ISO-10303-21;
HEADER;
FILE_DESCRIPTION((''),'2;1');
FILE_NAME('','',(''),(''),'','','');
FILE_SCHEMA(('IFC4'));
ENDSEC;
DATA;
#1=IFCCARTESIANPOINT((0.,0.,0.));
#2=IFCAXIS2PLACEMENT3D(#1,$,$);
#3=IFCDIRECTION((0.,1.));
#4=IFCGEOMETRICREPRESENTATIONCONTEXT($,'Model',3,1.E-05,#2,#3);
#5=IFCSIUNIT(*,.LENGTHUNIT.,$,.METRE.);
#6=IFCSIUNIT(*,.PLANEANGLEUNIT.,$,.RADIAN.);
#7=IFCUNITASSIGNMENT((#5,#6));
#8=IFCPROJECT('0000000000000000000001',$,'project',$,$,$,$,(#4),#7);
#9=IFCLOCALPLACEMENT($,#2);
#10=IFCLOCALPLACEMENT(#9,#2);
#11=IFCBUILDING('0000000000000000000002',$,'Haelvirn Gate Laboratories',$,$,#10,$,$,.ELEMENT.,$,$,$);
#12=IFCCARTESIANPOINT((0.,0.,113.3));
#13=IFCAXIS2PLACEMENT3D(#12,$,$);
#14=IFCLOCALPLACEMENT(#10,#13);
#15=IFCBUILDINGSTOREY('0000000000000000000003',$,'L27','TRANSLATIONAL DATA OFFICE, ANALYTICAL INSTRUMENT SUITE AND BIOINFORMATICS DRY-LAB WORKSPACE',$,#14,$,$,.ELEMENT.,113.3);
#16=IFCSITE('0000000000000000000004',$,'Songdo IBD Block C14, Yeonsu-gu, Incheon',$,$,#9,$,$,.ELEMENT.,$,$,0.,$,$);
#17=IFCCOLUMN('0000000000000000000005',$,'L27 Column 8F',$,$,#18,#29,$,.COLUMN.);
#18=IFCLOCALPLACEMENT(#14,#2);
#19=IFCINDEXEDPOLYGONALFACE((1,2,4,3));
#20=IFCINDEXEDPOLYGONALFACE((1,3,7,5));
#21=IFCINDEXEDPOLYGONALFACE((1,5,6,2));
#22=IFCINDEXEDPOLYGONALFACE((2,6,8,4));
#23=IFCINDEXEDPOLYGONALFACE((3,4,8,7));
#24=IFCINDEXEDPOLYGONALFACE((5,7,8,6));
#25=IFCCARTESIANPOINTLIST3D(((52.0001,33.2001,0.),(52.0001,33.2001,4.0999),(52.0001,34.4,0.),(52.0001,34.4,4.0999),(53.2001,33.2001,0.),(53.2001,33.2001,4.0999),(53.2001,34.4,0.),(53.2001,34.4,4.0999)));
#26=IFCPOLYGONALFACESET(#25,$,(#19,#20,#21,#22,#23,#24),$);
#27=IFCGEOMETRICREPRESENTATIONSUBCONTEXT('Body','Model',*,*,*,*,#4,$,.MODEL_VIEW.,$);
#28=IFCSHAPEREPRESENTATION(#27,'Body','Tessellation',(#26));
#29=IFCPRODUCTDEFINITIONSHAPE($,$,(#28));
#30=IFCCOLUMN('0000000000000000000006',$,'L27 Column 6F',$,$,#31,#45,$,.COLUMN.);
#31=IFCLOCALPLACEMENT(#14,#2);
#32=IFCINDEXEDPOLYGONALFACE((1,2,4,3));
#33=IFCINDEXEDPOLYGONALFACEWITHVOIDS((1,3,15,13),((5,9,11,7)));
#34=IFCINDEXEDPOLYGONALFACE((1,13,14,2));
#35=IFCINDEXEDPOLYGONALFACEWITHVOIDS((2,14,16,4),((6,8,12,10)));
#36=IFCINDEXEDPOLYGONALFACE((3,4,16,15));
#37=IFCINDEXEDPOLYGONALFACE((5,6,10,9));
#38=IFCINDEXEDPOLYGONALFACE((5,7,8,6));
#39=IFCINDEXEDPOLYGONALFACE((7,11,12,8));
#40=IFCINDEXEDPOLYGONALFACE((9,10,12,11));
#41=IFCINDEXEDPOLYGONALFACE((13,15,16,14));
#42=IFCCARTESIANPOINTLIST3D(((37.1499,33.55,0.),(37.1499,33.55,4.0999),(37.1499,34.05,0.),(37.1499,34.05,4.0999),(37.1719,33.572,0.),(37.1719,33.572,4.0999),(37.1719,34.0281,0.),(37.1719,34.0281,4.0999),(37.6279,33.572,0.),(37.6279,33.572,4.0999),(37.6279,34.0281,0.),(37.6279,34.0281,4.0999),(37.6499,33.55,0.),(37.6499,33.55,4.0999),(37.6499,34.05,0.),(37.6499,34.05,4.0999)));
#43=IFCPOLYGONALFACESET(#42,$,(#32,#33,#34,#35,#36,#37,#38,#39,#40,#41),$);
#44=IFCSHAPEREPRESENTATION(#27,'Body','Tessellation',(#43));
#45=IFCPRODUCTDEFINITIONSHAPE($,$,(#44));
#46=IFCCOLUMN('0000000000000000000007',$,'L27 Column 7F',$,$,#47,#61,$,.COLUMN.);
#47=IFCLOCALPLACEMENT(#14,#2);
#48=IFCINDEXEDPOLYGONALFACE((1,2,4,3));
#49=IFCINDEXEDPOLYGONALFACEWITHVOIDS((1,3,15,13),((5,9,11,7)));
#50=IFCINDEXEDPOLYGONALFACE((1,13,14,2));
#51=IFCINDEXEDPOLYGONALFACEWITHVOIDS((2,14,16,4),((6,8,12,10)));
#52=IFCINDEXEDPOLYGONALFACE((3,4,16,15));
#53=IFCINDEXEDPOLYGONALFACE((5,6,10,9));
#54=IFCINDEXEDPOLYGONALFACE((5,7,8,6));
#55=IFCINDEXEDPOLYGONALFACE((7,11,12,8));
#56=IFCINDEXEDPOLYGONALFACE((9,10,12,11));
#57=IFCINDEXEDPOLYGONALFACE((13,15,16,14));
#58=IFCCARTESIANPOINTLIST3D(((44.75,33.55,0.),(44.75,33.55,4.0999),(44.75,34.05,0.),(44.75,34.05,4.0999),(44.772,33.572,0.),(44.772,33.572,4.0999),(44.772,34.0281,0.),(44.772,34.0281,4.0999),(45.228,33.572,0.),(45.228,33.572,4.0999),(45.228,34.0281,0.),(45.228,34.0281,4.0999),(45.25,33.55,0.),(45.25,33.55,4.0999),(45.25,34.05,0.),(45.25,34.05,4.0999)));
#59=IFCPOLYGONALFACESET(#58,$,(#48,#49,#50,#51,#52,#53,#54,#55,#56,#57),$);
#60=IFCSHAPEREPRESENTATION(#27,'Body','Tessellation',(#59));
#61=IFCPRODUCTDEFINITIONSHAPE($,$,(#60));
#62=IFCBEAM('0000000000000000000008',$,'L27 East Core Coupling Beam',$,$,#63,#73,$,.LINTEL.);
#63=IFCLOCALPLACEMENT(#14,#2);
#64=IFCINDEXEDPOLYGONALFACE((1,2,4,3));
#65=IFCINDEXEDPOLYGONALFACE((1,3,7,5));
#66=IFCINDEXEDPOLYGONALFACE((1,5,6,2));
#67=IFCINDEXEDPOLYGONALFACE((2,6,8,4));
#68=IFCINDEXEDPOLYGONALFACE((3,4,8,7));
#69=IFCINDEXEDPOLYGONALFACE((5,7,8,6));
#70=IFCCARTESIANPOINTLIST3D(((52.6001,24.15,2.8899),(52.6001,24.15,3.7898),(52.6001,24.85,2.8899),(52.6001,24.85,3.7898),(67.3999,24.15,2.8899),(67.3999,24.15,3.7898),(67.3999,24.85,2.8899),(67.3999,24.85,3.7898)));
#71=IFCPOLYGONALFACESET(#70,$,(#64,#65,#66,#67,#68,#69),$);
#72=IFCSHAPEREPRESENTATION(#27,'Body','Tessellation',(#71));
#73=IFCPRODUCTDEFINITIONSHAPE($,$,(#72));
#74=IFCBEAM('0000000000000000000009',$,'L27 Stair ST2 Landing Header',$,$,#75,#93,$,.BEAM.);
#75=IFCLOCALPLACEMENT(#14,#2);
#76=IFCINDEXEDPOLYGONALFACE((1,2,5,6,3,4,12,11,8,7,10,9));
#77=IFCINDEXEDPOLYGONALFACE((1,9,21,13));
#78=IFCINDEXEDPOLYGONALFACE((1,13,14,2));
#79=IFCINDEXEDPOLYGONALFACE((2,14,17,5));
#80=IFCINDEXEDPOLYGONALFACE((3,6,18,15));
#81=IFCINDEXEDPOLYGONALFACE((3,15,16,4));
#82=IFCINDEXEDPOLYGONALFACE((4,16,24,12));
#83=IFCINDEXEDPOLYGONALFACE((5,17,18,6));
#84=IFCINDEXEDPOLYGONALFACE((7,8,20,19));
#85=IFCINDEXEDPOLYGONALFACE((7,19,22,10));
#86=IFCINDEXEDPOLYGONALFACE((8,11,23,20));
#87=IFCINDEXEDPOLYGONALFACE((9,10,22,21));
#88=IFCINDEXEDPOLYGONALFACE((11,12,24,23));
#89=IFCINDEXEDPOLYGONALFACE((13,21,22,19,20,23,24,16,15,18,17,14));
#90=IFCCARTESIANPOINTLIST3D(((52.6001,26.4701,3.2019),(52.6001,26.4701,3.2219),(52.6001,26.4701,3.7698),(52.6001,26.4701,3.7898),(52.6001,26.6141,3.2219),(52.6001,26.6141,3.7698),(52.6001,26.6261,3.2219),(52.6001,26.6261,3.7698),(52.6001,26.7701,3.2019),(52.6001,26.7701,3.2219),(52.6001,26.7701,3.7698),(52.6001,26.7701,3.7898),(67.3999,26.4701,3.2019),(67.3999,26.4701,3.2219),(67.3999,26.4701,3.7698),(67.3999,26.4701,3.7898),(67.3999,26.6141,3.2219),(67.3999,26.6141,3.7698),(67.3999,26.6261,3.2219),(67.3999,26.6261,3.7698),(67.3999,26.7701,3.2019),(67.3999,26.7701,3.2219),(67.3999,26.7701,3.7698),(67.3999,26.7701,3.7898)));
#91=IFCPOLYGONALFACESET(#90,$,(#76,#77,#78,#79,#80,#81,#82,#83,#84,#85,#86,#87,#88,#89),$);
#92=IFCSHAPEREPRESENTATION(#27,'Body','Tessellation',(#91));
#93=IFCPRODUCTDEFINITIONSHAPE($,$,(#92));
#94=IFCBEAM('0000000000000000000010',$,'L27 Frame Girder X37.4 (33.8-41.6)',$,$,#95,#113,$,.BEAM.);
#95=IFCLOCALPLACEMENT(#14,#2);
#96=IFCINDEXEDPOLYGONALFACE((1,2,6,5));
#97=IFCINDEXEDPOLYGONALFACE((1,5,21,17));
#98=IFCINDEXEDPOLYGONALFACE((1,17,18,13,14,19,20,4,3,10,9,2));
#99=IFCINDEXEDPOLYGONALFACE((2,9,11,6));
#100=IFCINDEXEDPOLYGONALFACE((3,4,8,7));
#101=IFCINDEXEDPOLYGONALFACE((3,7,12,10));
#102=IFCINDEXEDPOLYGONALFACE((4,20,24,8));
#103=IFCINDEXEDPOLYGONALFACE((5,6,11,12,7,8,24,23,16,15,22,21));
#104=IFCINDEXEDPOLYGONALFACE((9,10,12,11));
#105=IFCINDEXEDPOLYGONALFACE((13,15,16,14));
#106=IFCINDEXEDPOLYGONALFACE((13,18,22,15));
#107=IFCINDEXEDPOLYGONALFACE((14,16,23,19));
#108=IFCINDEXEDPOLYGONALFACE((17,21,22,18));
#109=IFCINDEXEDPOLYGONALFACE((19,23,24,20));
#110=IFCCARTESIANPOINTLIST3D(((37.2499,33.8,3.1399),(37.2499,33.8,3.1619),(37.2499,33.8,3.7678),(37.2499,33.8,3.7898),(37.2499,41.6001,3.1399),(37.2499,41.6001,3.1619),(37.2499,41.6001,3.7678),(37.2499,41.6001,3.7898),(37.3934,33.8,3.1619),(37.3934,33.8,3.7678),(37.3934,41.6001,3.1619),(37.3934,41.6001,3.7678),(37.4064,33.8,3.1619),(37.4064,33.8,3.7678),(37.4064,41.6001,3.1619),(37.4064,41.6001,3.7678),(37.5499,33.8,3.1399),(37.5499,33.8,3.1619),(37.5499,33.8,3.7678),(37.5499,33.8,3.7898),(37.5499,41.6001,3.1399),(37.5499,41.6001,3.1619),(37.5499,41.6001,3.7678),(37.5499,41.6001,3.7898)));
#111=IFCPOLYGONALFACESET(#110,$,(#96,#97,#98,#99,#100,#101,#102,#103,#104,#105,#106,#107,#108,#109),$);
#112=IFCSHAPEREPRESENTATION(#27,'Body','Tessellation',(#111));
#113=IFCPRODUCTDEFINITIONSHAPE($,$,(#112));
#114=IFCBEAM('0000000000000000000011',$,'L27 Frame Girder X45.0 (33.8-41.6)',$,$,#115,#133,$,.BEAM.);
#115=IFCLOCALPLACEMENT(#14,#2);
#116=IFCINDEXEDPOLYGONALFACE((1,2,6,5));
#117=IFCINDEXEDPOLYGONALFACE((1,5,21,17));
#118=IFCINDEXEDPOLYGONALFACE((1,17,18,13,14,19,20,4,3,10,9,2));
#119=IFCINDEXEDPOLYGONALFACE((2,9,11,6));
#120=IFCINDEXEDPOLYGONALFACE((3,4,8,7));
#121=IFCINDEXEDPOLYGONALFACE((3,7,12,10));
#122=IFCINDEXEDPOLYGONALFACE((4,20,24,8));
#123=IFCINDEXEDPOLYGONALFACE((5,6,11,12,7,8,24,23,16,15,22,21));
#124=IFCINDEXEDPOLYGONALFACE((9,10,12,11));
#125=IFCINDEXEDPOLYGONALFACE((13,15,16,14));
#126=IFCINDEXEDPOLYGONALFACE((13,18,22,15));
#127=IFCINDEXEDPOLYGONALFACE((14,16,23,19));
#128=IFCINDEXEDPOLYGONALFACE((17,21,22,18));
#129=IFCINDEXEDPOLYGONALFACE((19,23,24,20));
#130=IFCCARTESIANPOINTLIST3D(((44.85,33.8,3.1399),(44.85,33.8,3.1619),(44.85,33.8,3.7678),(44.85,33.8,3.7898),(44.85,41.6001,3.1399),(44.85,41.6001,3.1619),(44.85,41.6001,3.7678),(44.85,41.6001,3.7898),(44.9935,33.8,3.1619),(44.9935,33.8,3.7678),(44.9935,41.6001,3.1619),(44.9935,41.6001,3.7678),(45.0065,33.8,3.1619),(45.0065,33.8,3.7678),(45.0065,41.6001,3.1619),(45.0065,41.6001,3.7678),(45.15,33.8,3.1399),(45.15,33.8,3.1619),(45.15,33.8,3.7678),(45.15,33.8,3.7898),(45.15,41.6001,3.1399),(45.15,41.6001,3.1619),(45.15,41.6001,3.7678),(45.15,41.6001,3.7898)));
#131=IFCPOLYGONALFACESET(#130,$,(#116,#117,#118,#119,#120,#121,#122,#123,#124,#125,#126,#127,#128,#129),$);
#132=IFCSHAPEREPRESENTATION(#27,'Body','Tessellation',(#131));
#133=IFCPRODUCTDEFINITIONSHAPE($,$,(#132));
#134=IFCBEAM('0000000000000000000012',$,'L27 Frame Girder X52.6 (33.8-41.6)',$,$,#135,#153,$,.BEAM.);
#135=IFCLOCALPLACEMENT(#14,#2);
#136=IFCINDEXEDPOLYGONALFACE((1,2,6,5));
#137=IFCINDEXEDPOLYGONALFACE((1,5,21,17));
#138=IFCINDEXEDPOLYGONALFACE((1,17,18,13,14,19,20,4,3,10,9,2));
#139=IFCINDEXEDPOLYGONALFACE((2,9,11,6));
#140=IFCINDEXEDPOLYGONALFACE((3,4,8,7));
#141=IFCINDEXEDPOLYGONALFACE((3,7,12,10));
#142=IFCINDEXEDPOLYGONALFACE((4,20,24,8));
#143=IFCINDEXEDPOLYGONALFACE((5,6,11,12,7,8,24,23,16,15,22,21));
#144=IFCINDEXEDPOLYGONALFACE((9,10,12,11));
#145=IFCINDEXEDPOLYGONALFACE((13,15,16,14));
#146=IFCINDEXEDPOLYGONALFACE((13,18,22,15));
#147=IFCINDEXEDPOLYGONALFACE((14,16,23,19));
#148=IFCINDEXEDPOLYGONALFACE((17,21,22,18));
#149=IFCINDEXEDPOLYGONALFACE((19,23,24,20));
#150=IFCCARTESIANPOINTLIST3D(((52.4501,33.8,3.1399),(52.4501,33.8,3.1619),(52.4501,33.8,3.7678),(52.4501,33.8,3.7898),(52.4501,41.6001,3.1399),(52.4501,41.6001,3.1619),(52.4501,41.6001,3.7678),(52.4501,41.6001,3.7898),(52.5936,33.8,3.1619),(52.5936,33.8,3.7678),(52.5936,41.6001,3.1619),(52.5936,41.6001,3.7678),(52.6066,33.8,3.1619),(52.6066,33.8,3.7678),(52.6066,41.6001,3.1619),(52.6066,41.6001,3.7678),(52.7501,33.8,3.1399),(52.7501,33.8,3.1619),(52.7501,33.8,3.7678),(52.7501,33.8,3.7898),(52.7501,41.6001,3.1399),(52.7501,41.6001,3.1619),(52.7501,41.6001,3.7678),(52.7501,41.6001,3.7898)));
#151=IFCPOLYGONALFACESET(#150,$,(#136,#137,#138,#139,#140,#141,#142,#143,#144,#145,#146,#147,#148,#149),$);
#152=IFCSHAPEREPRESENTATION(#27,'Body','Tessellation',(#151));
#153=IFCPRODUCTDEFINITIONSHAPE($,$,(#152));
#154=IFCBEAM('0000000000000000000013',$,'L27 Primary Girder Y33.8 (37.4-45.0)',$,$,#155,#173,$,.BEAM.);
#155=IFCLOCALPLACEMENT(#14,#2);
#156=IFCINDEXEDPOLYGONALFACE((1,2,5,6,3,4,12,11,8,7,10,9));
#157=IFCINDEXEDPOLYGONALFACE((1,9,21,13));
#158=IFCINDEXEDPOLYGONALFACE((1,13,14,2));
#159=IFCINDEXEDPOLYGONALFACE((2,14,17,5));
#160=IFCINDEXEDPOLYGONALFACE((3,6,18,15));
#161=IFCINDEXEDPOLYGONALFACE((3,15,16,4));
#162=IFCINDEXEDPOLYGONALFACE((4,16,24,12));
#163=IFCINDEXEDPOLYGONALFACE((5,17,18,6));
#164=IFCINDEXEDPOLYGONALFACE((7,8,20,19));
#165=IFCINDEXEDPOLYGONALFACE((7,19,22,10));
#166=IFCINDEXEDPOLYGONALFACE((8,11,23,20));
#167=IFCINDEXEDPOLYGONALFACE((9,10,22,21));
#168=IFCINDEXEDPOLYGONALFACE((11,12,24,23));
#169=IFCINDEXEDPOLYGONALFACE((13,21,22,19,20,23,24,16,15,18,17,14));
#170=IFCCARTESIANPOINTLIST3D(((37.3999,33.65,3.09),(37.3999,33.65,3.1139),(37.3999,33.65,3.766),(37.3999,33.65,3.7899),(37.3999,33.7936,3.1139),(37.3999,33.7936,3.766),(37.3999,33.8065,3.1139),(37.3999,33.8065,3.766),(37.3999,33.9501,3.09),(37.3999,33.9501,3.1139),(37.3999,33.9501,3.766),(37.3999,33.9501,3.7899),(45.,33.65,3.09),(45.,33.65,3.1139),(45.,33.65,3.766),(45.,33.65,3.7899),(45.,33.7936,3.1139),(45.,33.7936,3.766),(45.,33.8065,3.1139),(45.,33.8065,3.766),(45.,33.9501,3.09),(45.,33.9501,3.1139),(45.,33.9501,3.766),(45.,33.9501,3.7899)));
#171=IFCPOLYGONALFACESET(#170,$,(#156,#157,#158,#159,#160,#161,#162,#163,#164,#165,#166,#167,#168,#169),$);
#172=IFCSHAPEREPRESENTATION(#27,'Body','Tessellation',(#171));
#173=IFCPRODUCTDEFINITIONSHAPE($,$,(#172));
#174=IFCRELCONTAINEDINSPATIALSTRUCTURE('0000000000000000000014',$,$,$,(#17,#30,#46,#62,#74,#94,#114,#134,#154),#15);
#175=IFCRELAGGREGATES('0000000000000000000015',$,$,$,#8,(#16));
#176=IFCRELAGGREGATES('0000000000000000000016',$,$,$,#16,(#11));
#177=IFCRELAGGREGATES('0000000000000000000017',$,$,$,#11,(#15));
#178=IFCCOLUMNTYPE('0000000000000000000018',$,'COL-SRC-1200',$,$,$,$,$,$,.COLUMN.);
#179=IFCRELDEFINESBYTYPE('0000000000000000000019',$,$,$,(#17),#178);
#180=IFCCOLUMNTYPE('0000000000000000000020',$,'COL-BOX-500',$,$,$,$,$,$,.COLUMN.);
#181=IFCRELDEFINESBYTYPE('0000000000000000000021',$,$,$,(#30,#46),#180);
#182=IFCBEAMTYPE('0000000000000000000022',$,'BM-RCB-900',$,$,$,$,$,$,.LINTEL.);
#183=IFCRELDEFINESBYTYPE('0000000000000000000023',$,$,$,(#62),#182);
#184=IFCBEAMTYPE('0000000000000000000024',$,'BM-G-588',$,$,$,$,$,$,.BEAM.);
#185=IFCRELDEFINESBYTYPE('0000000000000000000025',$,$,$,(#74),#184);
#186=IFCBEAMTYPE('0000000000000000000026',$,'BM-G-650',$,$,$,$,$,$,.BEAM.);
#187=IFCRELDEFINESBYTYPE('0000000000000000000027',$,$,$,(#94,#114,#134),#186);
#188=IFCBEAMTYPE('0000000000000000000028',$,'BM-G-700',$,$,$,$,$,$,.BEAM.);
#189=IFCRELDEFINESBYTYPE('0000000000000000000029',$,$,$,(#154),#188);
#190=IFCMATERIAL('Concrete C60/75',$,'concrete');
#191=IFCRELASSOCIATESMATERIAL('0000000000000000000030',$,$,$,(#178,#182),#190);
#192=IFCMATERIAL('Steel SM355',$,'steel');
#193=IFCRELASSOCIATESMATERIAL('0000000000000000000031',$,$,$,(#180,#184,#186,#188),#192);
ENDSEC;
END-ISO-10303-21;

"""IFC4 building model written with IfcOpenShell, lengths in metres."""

from ifc_helpers import new_model, si_unit, direction, frame, origin, origin_2d, place, context, subcontext, project, spatial, rectangle, hollow_rectangle, i_section, extrude, source, transform, mapped, material, material_profile, profile_set, type_object, type_shapes, element, save


model = new_model("IFC4")

# Units and contexts
model_context = context("Model", 3, precision=1e-05, world=origin(), true_north=direction((0.0, 1.0)))
body_context = subcontext(model_context, "Body", "Model", "MODEL_VIEW")
ifc_project = project(units=[si_unit("LENGTHUNIT", "METRE"), si_unit("PLANEANGLEUNIT", "RADIAN")], contexts=[model_context])

# Site, building, storey
site_placement = place(None, origin())
site = spatial("IfcSite", under=ifc_project, at=site_placement, Name="Songdo IBD Block C14, Yeonsu-gu, Incheon", CompositionType="ELEMENT", RefElevation=0.0)
building_placement = place(site_placement, origin())
building = spatial("IfcBuilding", under=site, at=building_placement, Name="Haelvirn Gate Laboratories", CompositionType="ELEMENT")
storey_placement = place(building_placement, frame((0.0, 0.0, 113.3)))
storey = spatial("IfcBuildingStorey", under=building, at=storey_placement, Name="L27", Description="TRANSLATIONAL DATA OFFICE, ANALYTICAL INSTRUMENT SUITE AND BIOINFORMATICS DRY-LAB WORKSPACE", CompositionType="ELEMENT", Elevation=113.3)

# Columns
ifc_material_1 = material(Name="Concrete C60/75", Category="concrete")
ifc_material_profile_1 = material_profile(ifc_material_1, rectangle(XDim=1.2, YDim=1.2, at=origin_2d()), Name="SRC-1200x1200")
ifc_profile_set_1 = profile_set([ifc_material_profile_1], Name="Concrete C60/75")
column_type_1 = type_object("IfcColumnType", Name="COL-SRC-1200", PredefinedType="COLUMN", material=ifc_profile_set_1)
shared_shape_1 = source(origin(), body_context, "Body", "SweptSolid", [
    extrude(rectangle(XDim=1.2, YDim=1.2, at=origin_2d()), origin(), (0.0, 0.0, 1.0), 4.0999),
])
type_shapes(column_type_1, [shared_shape_1])
column_placement = place(storey_placement, frame((52.6001, 33.8, 0.0), z_axis=(0.0, 0.0, 1.0), x_axis=(1.0, 0.0, 0.0)))
element("IfcColumn", 1, at=column_placement, inside=storey, type_object=column_type_1, Name="L27 Column 8F", PredefinedType="COLUMN", context=body_context, shape_type="MappedRepresentation", body=[
    mapped(shared_shape_1, transform((0.0, 0.0, 0.0), scale=1.0)),
])
ifc_material_2 = material(Name="Steel SM355", Category="steel")
ifc_material_profile_2 = material_profile(ifc_material_2, hollow_rectangle(XDim=0.5, YDim=0.5, WallThickness=0.022, at=origin_2d()), Name="BOX-500x500x22")
ifc_profile_set_2 = profile_set([ifc_material_profile_2], Name="Steel SM355")
column_type_2 = type_object("IfcColumnType", Name="COL-BOX-500", PredefinedType="COLUMN", material=ifc_profile_set_2)
shared_shape_2 = source(origin(), body_context, "Body", "SweptSolid", [
    extrude(hollow_rectangle(XDim=0.5, YDim=0.5, WallThickness=0.022, at=origin_2d()), origin(), (0.0, 0.0, 1.0), 4.0999),
])
type_shapes(column_type_2, [shared_shape_2])
for number, where, z_axis, x_axis, name in (
    (2, (37.3999, 33.8, 0.0), (0.0, 0.0, 1.0), (1.0, 0.0, 0.0), "L27 Column 6F"),
    (3, (45.0, 33.8, 0.0), (0.0, 0.0, 1.0), (1.0, 0.0, 0.0), "L27 Column 7F"),
):
    element("IfcColumn", number, at=place(storey_placement, frame(where, z_axis=z_axis, x_axis=x_axis)), inside=storey, type_object=column_type_2, Name=name, PredefinedType="COLUMN", context=body_context, shape_type="MappedRepresentation", body=[
        mapped(shared_shape_2, transform((0.0, 0.0, 0.0), scale=1.0)),
    ])

# Beams
ifc_material_profile_3 = material_profile(ifc_material_1, rectangle(XDim=0.7, YDim=0.8999, at=origin_2d()), Name="RCB-700x900")
ifc_profile_set_3 = profile_set([ifc_material_profile_3], Name="Concrete C60/75")
beam_type_1 = type_object("IfcBeamType", Name="BM-RCB-900", PredefinedType="LINTEL", material=ifc_profile_set_3)
shared_shape_3 = source(origin(), body_context, "Body", "SweptSolid", [
    extrude(rectangle(XDim=0.7, YDim=0.8999, at=origin_2d()), origin(), (0.0, 0.0, 1.0), 14.7998),
])
type_shapes(beam_type_1, [shared_shape_3])
beam_1_placement = place(storey_placement, frame((52.6001, 24.5, 3.3398), z_axis=(1.0, 0.0, 0.0), x_axis=(0.0, 1.0, 0.0)))
element("IfcBeam", 4, at=beam_1_placement, inside=storey, type_object=beam_type_1, Name="L27 East Core Coupling Beam", PredefinedType="LINTEL", context=body_context, shape_type="MappedRepresentation", body=[
    mapped(shared_shape_3, transform((0.0, 0.0, 0.0), scale=1.0)),
])
ifc_material_profile_4 = material_profile(ifc_material_2, i_section(OverallWidth=0.3, OverallDepth=0.5879, WebThickness=0.012, FlangeThickness=0.02, at=origin_2d()), Name="H-588x300x12x20")
ifc_profile_set_4 = profile_set([ifc_material_profile_4], Name="Steel SM355")
beam_type_2 = type_object("IfcBeamType", Name="BM-G-588", PredefinedType="BEAM", material=ifc_profile_set_4)
shared_shape_4 = source(origin(), body_context, "Body", "SweptSolid", [
    extrude(i_section(OverallWidth=0.3, OverallDepth=0.5879, WebThickness=0.012, FlangeThickness=0.02, at=origin_2d()), origin(), (0.0, 0.0, 1.0), 14.7998),
])
type_shapes(beam_type_2, [shared_shape_4])
beam_2_placement = place(storey_placement, frame((52.6001, 26.6201, 3.4958), z_axis=(1.0, 0.0, 0.0), x_axis=(0.0, 1.0, 0.0)))
element("IfcBeam", 5, at=beam_2_placement, inside=storey, type_object=beam_type_2, Name="L27 Stair ST2 Landing Header", PredefinedType="BEAM", context=body_context, shape_type="MappedRepresentation", body=[
    mapped(shared_shape_4, transform((0.0, 0.0, 0.0), scale=1.0)),
])
ifc_material_profile_5 = material_profile(ifc_material_2, i_section(OverallWidth=0.3, OverallDepth=0.6499, WebThickness=0.0129, FlangeThickness=0.022, at=origin_2d()), Name="H-650x300x13x22")
ifc_profile_set_5 = profile_set([ifc_material_profile_5], Name="Steel SM355")
beam_type_3 = type_object("IfcBeamType", Name="BM-G-650", PredefinedType="BEAM", material=ifc_profile_set_5)
shared_shape_5 = source(origin(), body_context, "Body", "SweptSolid", [
    extrude(i_section(OverallWidth=0.3, OverallDepth=0.6499, WebThickness=0.0129, FlangeThickness=0.022, at=origin_2d()), origin(), (0.0, 0.0, 1.0), 7.8),
])
type_shapes(beam_type_3, [shared_shape_5])
for number, where, z_axis, x_axis, name in (
    (6, (37.3999, 33.8, 3.4648), (0.0, 1.0, 0.0), (-1.0, 0.0, 0.0), "L27 Frame Girder X37.4 (33.8-41.6)"),
    (7, (45.0, 33.8, 3.4648), (0.0, 1.0, 0.0), (-1.0, 0.0, 0.0), "L27 Frame Girder X45.0 (33.8-41.6)"),
    (8, (52.6001, 33.8, 3.4648), (0.0, 1.0, 0.0), (-1.0, 0.0, 0.0), "L27 Frame Girder X52.6 (33.8-41.6)"),
):
    element("IfcBeam", number, at=place(storey_placement, frame(where, z_axis=z_axis, x_axis=x_axis)), inside=storey, type_object=beam_type_3, Name=name, PredefinedType="BEAM", context=body_context, shape_type="MappedRepresentation", body=[
        mapped(shared_shape_5, transform((0.0, 0.0, 0.0), scale=1.0)),
    ])
ifc_material_profile_6 = material_profile(ifc_material_2, i_section(OverallWidth=0.3, OverallDepth=0.7, WebThickness=0.0129, FlangeThickness=0.0239, at=origin_2d()), Name="H-700x300x13x24")
ifc_profile_set_6 = profile_set([ifc_material_profile_6], Name="Steel SM355")
beam_type_4 = type_object("IfcBeamType", Name="BM-G-700", PredefinedType="BEAM", material=ifc_profile_set_6)
shared_shape_6 = source(origin(), body_context, "Body", "SweptSolid", [
    extrude(i_section(OverallWidth=0.3, OverallDepth=0.7, WebThickness=0.0129, FlangeThickness=0.0239, at=origin_2d()), origin(), (0.0, 0.0, 1.0), 7.6001),
])
type_shapes(beam_type_4, [shared_shape_6])
for number, where, z_axis, x_axis, name in (
    (9, (37.3999, 33.8, 3.4399), (1.0, 0.0, 0.0), (0.0, 1.0, 0.0), "L27 Primary Girder Y33.8 (37.4-45.0)"),
):
    element("IfcBeam", number, at=place(storey_placement, frame(where, z_axis=z_axis, x_axis=x_axis)), inside=storey, type_object=beam_type_4, Name=name, PredefinedType="BEAM", context=body_context, shape_type="MappedRepresentation", body=[
        mapped(shared_shape_6, transform((0.0, 0.0, 0.0), scale=1.0)),
    ])

save(model, "model.ifc")
